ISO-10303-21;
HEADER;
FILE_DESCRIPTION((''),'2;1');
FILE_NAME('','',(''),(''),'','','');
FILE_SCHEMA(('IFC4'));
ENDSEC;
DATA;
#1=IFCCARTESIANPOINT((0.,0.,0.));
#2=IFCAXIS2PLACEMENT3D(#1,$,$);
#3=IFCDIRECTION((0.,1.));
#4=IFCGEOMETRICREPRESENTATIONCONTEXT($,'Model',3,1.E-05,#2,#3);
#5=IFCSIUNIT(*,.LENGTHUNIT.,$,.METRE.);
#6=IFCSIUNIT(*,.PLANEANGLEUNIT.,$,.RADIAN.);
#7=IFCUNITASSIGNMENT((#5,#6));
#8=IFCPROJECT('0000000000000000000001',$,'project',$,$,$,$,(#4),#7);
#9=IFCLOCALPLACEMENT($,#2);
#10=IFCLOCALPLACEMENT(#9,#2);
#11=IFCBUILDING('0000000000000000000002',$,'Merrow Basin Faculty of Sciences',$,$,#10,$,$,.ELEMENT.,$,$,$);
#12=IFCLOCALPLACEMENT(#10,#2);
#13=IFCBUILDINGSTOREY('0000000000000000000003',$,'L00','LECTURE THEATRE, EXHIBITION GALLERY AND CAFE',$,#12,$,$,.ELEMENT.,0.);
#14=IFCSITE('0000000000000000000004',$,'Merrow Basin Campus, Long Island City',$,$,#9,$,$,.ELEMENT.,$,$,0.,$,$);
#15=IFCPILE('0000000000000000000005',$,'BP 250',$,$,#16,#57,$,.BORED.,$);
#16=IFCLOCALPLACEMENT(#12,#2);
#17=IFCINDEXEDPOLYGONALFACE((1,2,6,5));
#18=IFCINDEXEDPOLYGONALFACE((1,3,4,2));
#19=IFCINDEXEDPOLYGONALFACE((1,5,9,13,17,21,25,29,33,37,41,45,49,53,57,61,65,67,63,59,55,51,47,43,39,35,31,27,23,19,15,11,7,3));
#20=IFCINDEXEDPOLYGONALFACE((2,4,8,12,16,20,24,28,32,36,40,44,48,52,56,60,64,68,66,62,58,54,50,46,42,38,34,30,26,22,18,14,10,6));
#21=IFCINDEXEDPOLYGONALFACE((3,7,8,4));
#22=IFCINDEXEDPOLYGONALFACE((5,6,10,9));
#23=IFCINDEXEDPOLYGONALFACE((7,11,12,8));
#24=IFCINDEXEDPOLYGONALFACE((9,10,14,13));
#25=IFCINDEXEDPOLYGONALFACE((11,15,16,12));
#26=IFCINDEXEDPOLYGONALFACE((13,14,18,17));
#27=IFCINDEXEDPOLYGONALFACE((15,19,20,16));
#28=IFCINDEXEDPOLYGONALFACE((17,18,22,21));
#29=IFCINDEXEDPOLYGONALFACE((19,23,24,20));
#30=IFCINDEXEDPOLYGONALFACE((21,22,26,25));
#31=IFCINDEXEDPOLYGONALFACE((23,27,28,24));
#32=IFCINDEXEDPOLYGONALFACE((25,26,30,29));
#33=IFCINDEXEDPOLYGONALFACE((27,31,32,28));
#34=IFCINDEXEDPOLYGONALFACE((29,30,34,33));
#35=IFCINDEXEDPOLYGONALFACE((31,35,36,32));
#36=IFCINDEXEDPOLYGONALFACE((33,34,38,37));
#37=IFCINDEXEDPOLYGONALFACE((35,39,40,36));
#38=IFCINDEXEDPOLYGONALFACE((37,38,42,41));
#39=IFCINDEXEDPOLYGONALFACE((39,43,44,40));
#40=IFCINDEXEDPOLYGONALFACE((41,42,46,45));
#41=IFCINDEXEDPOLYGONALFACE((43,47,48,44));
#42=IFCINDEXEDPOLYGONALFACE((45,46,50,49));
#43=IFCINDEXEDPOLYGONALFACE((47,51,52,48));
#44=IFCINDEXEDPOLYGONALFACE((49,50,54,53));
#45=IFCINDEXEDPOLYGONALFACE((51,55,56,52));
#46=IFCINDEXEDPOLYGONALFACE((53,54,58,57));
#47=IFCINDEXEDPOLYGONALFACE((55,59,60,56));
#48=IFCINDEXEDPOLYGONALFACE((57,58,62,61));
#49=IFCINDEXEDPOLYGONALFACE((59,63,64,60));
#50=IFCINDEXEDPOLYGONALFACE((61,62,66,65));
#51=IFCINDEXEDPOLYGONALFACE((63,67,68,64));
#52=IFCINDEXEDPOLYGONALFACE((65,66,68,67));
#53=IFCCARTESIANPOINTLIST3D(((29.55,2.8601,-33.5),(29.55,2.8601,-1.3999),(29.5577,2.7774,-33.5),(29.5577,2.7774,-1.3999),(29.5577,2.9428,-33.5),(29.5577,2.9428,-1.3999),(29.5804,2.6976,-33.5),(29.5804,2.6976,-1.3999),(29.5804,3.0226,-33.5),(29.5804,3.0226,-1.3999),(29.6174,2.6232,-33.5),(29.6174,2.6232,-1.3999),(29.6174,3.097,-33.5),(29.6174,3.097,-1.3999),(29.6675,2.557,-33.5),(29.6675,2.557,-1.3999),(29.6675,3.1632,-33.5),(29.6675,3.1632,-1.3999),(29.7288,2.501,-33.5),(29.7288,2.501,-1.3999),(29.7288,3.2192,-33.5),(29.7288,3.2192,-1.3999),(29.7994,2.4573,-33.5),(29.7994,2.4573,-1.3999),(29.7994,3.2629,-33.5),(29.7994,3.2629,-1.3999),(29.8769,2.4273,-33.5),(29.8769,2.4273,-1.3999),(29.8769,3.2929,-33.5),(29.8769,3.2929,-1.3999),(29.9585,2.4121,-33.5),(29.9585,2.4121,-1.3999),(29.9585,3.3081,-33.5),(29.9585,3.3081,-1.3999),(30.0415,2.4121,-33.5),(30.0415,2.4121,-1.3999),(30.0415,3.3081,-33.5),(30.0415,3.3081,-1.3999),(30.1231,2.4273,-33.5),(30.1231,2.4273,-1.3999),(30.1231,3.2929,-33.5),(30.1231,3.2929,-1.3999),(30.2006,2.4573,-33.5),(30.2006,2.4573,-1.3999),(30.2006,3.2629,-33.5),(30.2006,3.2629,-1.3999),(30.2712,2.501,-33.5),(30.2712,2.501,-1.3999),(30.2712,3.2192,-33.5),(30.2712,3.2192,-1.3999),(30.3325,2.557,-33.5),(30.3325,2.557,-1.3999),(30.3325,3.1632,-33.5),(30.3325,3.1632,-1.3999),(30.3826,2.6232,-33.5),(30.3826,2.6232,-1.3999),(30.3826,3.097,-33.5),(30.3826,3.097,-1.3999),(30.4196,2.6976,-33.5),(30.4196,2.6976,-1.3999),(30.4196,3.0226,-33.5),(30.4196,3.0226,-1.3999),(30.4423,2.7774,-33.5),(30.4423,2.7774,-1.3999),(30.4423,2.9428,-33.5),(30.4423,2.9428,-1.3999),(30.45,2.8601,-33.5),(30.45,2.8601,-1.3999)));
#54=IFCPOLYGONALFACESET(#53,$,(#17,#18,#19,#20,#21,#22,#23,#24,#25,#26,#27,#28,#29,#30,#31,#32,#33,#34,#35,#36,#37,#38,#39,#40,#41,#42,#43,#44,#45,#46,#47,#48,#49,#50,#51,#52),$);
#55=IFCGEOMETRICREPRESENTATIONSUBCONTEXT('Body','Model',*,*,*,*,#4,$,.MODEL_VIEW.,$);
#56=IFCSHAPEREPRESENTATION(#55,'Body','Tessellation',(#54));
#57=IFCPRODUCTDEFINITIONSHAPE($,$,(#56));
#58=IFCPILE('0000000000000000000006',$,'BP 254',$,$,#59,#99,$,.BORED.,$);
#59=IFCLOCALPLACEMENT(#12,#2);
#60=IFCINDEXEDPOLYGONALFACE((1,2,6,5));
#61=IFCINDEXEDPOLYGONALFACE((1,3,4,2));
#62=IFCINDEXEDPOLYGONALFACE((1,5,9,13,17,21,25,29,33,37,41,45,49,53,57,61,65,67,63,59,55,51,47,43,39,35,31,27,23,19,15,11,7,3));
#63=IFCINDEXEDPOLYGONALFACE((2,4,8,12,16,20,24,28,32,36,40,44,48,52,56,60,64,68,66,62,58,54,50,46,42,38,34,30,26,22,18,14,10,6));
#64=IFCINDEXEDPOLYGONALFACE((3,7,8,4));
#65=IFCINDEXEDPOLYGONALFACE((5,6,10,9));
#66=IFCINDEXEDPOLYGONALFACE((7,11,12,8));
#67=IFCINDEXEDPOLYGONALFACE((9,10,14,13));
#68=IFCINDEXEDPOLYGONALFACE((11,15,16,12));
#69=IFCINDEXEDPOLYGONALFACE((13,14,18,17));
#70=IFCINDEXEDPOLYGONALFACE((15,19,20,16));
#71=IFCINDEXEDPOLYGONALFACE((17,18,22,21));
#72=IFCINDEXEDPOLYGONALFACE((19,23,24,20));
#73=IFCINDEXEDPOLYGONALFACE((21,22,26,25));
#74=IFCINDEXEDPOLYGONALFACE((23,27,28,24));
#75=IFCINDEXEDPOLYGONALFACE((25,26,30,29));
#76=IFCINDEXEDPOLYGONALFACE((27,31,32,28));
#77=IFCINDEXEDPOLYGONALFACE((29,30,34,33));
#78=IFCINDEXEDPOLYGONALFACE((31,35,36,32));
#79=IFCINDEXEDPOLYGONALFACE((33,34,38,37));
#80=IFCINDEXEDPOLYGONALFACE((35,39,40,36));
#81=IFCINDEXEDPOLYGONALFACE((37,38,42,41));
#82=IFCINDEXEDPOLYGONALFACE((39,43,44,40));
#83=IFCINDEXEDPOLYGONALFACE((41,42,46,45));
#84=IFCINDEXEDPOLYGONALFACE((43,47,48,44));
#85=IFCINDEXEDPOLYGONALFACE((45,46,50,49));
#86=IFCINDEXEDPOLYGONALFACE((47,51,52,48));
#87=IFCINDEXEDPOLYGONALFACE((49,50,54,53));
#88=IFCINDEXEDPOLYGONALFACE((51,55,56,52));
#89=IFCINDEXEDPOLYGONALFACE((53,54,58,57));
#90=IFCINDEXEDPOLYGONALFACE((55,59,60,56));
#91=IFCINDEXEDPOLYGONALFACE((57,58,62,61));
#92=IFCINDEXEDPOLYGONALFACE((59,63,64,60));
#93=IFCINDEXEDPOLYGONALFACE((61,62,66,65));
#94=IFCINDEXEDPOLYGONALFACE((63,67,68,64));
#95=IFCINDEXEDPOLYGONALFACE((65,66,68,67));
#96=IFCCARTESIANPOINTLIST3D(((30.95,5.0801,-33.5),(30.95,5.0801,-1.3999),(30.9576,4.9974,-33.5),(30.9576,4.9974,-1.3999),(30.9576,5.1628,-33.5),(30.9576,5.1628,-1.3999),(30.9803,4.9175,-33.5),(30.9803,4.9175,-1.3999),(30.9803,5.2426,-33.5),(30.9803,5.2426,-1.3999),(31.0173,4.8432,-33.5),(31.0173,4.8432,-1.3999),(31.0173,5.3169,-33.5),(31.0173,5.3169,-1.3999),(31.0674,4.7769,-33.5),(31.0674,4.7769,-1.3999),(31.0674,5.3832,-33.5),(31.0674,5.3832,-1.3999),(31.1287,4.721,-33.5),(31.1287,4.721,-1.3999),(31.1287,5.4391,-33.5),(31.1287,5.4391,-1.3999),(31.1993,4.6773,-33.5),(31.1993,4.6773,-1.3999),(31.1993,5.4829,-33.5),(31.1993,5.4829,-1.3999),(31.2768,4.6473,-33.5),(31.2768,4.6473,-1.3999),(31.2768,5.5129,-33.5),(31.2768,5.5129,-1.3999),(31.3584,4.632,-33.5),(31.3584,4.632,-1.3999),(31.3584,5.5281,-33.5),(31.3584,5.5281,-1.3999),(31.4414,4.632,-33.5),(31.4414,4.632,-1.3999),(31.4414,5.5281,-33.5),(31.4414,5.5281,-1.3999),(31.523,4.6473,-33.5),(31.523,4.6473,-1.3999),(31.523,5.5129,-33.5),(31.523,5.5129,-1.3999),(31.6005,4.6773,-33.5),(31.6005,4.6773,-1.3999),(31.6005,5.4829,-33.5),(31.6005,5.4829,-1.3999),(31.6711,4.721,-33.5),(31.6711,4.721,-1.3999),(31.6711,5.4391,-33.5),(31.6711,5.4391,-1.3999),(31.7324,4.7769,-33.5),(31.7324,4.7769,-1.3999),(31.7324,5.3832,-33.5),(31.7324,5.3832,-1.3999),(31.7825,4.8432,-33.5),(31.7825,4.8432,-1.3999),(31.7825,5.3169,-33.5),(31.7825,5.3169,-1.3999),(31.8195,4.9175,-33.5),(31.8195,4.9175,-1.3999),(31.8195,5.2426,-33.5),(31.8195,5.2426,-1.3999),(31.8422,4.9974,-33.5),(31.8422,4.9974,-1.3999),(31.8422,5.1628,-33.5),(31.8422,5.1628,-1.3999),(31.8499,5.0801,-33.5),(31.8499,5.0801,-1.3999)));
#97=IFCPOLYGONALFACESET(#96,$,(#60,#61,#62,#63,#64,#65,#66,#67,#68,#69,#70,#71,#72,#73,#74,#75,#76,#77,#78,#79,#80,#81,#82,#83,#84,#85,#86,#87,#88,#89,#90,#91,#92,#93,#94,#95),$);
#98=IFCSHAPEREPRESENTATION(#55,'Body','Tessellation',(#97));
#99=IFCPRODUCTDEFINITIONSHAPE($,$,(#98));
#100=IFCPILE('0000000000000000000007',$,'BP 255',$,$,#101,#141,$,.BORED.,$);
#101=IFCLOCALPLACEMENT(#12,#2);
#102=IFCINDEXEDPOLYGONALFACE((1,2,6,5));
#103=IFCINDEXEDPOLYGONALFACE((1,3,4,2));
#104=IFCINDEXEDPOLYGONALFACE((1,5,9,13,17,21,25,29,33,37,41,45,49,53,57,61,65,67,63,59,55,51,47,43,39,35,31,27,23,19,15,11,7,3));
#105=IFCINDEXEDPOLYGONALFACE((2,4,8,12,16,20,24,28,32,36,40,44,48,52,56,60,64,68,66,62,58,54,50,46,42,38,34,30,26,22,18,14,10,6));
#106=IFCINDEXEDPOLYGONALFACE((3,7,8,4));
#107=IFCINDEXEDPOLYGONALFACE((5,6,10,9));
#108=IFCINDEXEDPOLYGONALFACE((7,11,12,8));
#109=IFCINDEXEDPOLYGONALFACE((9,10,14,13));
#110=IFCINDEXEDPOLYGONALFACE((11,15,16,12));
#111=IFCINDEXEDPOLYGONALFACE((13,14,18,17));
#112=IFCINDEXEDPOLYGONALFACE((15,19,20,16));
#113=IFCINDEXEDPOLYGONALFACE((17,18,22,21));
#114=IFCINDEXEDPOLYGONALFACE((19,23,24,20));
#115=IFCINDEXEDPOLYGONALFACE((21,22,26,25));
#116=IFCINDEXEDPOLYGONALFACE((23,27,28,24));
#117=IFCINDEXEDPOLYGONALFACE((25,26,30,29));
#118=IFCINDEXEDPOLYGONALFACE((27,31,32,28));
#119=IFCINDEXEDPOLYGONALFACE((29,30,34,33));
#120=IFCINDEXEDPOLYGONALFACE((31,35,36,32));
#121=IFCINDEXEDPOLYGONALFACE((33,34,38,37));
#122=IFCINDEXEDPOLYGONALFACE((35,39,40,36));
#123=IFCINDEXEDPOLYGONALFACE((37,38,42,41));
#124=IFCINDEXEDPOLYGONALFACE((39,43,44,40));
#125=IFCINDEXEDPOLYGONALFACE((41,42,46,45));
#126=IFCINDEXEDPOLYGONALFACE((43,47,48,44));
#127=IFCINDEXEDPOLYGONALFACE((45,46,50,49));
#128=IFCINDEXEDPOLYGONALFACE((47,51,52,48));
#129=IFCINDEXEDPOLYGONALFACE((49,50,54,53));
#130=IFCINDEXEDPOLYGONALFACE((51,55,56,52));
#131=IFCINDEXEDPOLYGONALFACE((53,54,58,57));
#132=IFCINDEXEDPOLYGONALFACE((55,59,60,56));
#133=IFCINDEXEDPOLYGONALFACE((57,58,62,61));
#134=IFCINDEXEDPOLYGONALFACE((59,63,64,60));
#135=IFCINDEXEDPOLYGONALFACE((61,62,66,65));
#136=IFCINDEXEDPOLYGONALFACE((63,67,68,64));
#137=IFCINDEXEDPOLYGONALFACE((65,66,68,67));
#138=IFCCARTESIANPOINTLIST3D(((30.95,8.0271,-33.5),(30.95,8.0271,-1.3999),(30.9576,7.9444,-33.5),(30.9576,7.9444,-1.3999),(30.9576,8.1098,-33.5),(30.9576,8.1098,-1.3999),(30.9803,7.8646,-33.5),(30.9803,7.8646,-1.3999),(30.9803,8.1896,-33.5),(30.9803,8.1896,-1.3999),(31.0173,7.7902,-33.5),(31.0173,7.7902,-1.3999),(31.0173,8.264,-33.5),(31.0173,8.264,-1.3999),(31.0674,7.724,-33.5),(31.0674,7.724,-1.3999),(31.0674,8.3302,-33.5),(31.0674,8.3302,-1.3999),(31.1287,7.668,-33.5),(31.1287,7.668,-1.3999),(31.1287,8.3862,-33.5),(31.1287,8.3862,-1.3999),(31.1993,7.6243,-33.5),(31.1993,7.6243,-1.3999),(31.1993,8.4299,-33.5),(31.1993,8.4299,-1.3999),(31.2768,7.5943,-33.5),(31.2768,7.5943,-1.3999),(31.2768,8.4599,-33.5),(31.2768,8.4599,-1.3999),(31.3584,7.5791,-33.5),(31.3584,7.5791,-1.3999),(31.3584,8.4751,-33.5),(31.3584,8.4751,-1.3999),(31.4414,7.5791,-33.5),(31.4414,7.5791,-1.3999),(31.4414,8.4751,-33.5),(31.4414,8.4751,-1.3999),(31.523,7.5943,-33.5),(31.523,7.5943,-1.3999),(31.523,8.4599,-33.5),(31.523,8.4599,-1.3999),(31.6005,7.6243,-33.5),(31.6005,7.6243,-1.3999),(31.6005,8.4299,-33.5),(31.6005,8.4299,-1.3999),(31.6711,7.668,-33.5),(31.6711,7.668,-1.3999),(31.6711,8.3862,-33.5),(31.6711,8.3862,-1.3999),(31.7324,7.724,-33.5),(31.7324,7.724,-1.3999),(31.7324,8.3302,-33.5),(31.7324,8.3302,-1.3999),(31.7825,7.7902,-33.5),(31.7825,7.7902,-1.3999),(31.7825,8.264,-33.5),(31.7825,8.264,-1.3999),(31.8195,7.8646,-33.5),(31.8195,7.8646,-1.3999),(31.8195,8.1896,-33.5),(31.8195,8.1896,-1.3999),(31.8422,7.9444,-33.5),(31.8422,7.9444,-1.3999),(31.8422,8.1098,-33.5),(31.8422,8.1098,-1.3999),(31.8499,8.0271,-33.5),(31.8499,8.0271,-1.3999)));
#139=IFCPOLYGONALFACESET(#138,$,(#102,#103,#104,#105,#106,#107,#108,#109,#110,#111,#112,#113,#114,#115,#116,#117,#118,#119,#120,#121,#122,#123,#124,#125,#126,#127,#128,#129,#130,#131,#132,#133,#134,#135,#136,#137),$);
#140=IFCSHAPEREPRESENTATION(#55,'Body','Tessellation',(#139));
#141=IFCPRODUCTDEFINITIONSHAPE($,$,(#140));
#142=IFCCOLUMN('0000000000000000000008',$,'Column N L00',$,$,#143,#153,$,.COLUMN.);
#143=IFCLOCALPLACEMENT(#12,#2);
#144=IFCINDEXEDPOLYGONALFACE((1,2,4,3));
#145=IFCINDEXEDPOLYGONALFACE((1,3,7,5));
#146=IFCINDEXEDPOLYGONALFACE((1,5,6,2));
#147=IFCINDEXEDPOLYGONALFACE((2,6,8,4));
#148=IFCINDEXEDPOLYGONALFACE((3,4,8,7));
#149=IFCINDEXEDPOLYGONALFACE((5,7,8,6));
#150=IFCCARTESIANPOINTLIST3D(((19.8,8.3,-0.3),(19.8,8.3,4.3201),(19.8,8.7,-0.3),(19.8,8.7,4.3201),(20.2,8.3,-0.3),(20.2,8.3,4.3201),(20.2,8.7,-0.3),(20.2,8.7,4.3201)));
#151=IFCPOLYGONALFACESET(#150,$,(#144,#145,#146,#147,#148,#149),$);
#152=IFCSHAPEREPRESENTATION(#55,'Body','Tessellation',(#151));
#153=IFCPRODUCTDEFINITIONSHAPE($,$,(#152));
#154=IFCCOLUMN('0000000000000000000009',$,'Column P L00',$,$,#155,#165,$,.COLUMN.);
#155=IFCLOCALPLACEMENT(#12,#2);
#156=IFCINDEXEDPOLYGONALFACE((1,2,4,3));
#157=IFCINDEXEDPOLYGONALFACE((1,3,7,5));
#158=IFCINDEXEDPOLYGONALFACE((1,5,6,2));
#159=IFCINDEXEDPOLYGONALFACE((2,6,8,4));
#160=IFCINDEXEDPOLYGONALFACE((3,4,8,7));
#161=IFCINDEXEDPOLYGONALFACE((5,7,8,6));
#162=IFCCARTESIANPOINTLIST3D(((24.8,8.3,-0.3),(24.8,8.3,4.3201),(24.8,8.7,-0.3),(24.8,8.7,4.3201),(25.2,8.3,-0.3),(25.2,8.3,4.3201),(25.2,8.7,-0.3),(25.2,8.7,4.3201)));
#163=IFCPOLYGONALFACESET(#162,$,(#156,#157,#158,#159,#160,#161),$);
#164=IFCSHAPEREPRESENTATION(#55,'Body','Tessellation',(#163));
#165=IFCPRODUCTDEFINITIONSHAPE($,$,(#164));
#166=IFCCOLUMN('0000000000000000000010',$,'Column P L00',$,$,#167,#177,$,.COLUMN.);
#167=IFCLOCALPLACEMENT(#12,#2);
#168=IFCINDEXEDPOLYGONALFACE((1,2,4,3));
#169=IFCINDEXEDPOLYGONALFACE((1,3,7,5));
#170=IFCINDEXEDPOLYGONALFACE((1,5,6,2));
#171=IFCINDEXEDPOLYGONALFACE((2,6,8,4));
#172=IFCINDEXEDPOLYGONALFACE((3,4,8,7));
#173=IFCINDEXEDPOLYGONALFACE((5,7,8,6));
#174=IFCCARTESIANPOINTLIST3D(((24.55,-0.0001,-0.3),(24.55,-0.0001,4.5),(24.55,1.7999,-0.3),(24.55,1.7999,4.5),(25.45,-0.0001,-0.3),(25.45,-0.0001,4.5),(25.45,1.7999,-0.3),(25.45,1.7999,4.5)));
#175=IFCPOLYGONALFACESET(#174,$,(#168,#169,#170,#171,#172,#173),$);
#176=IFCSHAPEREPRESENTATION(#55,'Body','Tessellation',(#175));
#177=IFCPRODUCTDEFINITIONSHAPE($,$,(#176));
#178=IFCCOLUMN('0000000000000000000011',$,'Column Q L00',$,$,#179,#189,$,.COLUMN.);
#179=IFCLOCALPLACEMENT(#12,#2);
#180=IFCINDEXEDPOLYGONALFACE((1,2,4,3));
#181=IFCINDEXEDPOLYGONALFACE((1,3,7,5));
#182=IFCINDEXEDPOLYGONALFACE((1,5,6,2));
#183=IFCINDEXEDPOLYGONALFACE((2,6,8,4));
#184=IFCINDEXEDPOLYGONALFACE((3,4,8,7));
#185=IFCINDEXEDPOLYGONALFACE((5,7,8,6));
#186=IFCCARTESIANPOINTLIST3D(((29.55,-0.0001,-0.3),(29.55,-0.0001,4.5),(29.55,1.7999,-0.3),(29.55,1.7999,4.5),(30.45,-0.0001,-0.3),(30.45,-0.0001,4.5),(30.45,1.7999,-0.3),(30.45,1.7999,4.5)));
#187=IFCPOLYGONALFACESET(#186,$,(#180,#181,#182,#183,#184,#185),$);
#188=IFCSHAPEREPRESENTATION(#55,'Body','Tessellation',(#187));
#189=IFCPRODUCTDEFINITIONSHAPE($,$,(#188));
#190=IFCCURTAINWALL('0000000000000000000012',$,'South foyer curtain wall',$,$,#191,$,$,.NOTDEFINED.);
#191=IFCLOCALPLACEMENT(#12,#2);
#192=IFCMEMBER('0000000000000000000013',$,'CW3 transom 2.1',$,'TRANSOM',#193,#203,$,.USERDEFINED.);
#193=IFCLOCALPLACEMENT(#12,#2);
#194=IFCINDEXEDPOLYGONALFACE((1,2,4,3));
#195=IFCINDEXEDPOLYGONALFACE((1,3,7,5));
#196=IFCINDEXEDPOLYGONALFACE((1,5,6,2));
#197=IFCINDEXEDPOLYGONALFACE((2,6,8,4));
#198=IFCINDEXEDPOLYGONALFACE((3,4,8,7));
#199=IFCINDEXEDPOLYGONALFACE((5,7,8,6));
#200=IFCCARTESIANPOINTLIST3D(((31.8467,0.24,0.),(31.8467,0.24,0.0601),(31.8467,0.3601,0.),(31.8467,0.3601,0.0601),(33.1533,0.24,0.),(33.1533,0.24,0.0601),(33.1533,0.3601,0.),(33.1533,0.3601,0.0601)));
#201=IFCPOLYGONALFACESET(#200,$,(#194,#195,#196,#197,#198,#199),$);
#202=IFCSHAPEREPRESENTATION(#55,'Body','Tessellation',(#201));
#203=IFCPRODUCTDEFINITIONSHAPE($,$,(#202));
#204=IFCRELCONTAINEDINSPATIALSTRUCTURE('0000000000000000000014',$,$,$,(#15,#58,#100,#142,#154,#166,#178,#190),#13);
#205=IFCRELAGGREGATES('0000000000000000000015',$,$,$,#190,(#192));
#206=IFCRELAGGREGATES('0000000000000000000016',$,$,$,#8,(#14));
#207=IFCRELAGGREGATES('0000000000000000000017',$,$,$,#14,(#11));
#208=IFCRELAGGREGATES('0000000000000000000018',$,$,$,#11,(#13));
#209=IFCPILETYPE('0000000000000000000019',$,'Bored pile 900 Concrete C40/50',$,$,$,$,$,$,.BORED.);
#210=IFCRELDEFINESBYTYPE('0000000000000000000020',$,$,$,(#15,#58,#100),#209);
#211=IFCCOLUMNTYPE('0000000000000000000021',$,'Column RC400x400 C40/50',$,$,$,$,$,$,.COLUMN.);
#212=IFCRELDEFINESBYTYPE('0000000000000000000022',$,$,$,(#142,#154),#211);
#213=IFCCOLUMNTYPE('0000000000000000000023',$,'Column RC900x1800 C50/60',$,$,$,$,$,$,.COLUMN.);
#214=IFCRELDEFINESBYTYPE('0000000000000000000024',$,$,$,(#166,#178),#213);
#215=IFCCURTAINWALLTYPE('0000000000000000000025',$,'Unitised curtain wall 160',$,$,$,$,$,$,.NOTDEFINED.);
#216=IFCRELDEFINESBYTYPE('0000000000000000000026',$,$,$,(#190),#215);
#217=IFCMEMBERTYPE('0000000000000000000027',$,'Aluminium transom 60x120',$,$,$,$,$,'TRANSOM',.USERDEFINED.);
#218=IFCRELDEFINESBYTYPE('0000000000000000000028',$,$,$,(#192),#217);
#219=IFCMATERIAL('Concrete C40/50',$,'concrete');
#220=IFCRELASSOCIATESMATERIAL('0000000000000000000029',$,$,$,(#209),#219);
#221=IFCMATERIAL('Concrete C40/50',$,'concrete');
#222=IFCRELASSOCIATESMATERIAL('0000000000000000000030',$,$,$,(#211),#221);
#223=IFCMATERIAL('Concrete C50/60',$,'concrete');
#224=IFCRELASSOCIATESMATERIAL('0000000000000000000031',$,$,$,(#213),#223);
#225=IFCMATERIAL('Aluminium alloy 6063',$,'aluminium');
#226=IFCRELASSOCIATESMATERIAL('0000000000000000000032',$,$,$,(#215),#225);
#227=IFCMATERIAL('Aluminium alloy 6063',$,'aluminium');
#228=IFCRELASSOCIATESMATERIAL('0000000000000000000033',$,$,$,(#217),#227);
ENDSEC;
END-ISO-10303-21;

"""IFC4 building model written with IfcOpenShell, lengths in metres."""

from ifc_helpers import new_model, si_unit, direction, frame, origin, origin_2d, place, context, subcontext, project, spatial, rectangle, circle, extrude, material, material_profile, profile_set, type_object, element, aggregate, save


model = new_model("IFC4")

# Units and contexts
model_context = context("Model", 3, precision=1e-05, world=origin(), true_north=direction((0.0, 1.0)))
body_context = subcontext(model_context, "Body", "Model", "MODEL_VIEW")
ifc_project = project(units=[si_unit("LENGTHUNIT", "METRE"), si_unit("PLANEANGLEUNIT", "RADIAN")], contexts=[model_context])

# Site, building, storey
site_placement = place(None, origin())
site = spatial("IfcSite", under=ifc_project, at=site_placement, Name="Merrow Basin Campus, Long Island City", CompositionType="ELEMENT", RefElevation=0.0)
building_placement = place(site_placement, origin())
building = spatial("IfcBuilding", under=site, at=building_placement, Name="Merrow Basin Faculty of Sciences", CompositionType="ELEMENT")
storey_placement = place(building_placement, origin())
storey = spatial("IfcBuildingStorey", under=building, at=storey_placement, Name="L00", Description="LECTURE THEATRE, EXHIBITION GALLERY AND CAFE", CompositionType="ELEMENT", Elevation=0.0)

# Piles
ifc_material_1 = material(Name="Concrete C40/50", Category="concrete")
ifc_material_profile_1 = material_profile(ifc_material_1, circle(Radius=0.45, at=origin_2d()))
ifc_profile_set_1 = profile_set([ifc_material_profile_1], Name="Concrete C40/50")
pile_type_1 = type_object("IfcPileType", Name="Bored pile 900 Concrete C40/50", PredefinedType="BORED", material=ifc_profile_set_1)
for number, where, z_axis, x_axis, name in (
    (1, (30.0, 2.8601, -1.3999), (0.0, 0.0, -1.0), (1.0, 0.0, 0.0), "BP 250"),
    (2, (31.3999, 5.0801, -1.3999), (0.0, 0.0, -1.0), (1.0, 0.0, 0.0), "BP 254"),
    (3, (31.3999, 8.0271, -1.3999), (0.0, 0.0, -1.0), (1.0, 0.0, 0.0), "BP 255"),
):
    element("IfcPile", number, at=place(storey_placement, frame(where, z_axis=z_axis, x_axis=x_axis)), inside=storey, type_object=pile_type_1, Name=name, PredefinedType="BORED", context=body_context, shape_type="SweptSolid", body=[
        extrude(circle(Radius=0.45, at=origin_2d()), origin(), (0.0, 0.0, 1.0), 32.1001),
    ])

# Columns
ifc_material_2 = material(Name="Concrete C40/50", Category="concrete")
ifc_material_profile_2 = material_profile(ifc_material_2, rectangle(XDim=0.3999, YDim=0.3999, at=origin_2d()))
ifc_profile_set_2 = profile_set([ifc_material_profile_2], Name="Concrete C40/50")
column_type_1 = type_object("IfcColumnType", Name="Column RC400x400 C40/50", PredefinedType="COLUMN", material=ifc_profile_set_2)
for number, where, z_axis, x_axis, name in (
    (4, (20.0, 8.5, -0.3), (0.0, 0.0, 1.0), (1.0, 0.0, 0.0), "Column N L00"),
    (5, (25.0, 8.5, -0.3), (0.0, 0.0, 1.0), (1.0, 0.0, 0.0), "Column P L00"),
):
    element("IfcColumn", number, at=place(storey_placement, frame(where, z_axis=z_axis, x_axis=x_axis)), inside=storey, type_object=column_type_1, Name=name, PredefinedType="COLUMN", context=body_context, shape_type="SweptSolid", body=[
        extrude(rectangle(XDim=0.3999, YDim=0.3999, at=origin_2d()), origin(), (0.0, 0.0, 1.0), 4.6201),
    ])
ifc_material_3 = material(Name="Concrete C50/60", Category="concrete")
ifc_material_profile_3 = material_profile(ifc_material_3, rectangle(XDim=0.8999, YDim=1.8, at=origin_2d()))
ifc_profile_set_3 = profile_set([ifc_material_profile_3], Name="Concrete C50/60")
column_type_2 = type_object("IfcColumnType", Name="Column RC900x1800 C50/60", PredefinedType="COLUMN", material=ifc_profile_set_3)
for number, where, z_axis, x_axis, name in (
    (6, (25.0, 0.8999, -0.3), (0.0, 0.0, 1.0), (1.0, 0.0, 0.0), "Column P L00"),
    (7, (30.0, 0.8999, -0.3), (0.0, 0.0, 1.0), (1.0, 0.0, 0.0), "Column Q L00"),
):
    element("IfcColumn", number, at=place(storey_placement, frame(where, z_axis=z_axis, x_axis=x_axis)), inside=storey, type_object=column_type_2, Name=name, PredefinedType="COLUMN", context=body_context, shape_type="SweptSolid", body=[
        extrude(rectangle(XDim=0.8999, YDim=1.8, at=origin_2d()), origin(), (0.0, 0.0, 1.0), 4.8),
    ])

# Curtain wall, member
ifc_material_4 = material(Name="Aluminium alloy 6063", Category="aluminium")
curtain_wall_type = type_object("IfcCurtainWallType", Name="Unitised curtain wall 160", PredefinedType="NOTDEFINED", material=ifc_material_4)
curtain_wall_placement = place(storey_placement, origin())
curtain_wall = element("IfcCurtainWall", 8, at=curtain_wall_placement, inside=storey, type_object=curtain_wall_type, Name="South foyer curtain wall", PredefinedType="NOTDEFINED")
ifc_material_5 = material(Name="Aluminium alloy 6063", Category="aluminium")
ifc_material_profile_4 = material_profile(ifc_material_5, rectangle(XDim=0.1201, YDim=0.0601, at=origin_2d()))
ifc_profile_set_4 = profile_set([ifc_material_profile_4], Name="Aluminium alloy 6063")
member_type = type_object("IfcMemberType", Name="Aluminium transom 60x120", ElementType="TRANSOM", PredefinedType="USERDEFINED", material=ifc_profile_set_4)
member_1_placement = place(storey_placement, frame((31.8467, 0.3, 0.03), z_axis=(1.0, 0.0, 0.0), x_axis=(0.0, 1.0, 0.0)))
member_1 = element("IfcMember", 9, at=member_1_placement, type_object=member_type, Name="CW3 transom 2.1", ObjectType="TRANSOM", PredefinedType="USERDEFINED", context=body_context, shape_type="SweptSolid", body=[
    extrude(rectangle(XDim=0.1201, YDim=0.0601, at=origin_2d()), origin(), (0.0, 0.0, 1.0), 1.3066),
])
aggregate(curtain_wall, [member_1])

save(model, "model.ifc")
